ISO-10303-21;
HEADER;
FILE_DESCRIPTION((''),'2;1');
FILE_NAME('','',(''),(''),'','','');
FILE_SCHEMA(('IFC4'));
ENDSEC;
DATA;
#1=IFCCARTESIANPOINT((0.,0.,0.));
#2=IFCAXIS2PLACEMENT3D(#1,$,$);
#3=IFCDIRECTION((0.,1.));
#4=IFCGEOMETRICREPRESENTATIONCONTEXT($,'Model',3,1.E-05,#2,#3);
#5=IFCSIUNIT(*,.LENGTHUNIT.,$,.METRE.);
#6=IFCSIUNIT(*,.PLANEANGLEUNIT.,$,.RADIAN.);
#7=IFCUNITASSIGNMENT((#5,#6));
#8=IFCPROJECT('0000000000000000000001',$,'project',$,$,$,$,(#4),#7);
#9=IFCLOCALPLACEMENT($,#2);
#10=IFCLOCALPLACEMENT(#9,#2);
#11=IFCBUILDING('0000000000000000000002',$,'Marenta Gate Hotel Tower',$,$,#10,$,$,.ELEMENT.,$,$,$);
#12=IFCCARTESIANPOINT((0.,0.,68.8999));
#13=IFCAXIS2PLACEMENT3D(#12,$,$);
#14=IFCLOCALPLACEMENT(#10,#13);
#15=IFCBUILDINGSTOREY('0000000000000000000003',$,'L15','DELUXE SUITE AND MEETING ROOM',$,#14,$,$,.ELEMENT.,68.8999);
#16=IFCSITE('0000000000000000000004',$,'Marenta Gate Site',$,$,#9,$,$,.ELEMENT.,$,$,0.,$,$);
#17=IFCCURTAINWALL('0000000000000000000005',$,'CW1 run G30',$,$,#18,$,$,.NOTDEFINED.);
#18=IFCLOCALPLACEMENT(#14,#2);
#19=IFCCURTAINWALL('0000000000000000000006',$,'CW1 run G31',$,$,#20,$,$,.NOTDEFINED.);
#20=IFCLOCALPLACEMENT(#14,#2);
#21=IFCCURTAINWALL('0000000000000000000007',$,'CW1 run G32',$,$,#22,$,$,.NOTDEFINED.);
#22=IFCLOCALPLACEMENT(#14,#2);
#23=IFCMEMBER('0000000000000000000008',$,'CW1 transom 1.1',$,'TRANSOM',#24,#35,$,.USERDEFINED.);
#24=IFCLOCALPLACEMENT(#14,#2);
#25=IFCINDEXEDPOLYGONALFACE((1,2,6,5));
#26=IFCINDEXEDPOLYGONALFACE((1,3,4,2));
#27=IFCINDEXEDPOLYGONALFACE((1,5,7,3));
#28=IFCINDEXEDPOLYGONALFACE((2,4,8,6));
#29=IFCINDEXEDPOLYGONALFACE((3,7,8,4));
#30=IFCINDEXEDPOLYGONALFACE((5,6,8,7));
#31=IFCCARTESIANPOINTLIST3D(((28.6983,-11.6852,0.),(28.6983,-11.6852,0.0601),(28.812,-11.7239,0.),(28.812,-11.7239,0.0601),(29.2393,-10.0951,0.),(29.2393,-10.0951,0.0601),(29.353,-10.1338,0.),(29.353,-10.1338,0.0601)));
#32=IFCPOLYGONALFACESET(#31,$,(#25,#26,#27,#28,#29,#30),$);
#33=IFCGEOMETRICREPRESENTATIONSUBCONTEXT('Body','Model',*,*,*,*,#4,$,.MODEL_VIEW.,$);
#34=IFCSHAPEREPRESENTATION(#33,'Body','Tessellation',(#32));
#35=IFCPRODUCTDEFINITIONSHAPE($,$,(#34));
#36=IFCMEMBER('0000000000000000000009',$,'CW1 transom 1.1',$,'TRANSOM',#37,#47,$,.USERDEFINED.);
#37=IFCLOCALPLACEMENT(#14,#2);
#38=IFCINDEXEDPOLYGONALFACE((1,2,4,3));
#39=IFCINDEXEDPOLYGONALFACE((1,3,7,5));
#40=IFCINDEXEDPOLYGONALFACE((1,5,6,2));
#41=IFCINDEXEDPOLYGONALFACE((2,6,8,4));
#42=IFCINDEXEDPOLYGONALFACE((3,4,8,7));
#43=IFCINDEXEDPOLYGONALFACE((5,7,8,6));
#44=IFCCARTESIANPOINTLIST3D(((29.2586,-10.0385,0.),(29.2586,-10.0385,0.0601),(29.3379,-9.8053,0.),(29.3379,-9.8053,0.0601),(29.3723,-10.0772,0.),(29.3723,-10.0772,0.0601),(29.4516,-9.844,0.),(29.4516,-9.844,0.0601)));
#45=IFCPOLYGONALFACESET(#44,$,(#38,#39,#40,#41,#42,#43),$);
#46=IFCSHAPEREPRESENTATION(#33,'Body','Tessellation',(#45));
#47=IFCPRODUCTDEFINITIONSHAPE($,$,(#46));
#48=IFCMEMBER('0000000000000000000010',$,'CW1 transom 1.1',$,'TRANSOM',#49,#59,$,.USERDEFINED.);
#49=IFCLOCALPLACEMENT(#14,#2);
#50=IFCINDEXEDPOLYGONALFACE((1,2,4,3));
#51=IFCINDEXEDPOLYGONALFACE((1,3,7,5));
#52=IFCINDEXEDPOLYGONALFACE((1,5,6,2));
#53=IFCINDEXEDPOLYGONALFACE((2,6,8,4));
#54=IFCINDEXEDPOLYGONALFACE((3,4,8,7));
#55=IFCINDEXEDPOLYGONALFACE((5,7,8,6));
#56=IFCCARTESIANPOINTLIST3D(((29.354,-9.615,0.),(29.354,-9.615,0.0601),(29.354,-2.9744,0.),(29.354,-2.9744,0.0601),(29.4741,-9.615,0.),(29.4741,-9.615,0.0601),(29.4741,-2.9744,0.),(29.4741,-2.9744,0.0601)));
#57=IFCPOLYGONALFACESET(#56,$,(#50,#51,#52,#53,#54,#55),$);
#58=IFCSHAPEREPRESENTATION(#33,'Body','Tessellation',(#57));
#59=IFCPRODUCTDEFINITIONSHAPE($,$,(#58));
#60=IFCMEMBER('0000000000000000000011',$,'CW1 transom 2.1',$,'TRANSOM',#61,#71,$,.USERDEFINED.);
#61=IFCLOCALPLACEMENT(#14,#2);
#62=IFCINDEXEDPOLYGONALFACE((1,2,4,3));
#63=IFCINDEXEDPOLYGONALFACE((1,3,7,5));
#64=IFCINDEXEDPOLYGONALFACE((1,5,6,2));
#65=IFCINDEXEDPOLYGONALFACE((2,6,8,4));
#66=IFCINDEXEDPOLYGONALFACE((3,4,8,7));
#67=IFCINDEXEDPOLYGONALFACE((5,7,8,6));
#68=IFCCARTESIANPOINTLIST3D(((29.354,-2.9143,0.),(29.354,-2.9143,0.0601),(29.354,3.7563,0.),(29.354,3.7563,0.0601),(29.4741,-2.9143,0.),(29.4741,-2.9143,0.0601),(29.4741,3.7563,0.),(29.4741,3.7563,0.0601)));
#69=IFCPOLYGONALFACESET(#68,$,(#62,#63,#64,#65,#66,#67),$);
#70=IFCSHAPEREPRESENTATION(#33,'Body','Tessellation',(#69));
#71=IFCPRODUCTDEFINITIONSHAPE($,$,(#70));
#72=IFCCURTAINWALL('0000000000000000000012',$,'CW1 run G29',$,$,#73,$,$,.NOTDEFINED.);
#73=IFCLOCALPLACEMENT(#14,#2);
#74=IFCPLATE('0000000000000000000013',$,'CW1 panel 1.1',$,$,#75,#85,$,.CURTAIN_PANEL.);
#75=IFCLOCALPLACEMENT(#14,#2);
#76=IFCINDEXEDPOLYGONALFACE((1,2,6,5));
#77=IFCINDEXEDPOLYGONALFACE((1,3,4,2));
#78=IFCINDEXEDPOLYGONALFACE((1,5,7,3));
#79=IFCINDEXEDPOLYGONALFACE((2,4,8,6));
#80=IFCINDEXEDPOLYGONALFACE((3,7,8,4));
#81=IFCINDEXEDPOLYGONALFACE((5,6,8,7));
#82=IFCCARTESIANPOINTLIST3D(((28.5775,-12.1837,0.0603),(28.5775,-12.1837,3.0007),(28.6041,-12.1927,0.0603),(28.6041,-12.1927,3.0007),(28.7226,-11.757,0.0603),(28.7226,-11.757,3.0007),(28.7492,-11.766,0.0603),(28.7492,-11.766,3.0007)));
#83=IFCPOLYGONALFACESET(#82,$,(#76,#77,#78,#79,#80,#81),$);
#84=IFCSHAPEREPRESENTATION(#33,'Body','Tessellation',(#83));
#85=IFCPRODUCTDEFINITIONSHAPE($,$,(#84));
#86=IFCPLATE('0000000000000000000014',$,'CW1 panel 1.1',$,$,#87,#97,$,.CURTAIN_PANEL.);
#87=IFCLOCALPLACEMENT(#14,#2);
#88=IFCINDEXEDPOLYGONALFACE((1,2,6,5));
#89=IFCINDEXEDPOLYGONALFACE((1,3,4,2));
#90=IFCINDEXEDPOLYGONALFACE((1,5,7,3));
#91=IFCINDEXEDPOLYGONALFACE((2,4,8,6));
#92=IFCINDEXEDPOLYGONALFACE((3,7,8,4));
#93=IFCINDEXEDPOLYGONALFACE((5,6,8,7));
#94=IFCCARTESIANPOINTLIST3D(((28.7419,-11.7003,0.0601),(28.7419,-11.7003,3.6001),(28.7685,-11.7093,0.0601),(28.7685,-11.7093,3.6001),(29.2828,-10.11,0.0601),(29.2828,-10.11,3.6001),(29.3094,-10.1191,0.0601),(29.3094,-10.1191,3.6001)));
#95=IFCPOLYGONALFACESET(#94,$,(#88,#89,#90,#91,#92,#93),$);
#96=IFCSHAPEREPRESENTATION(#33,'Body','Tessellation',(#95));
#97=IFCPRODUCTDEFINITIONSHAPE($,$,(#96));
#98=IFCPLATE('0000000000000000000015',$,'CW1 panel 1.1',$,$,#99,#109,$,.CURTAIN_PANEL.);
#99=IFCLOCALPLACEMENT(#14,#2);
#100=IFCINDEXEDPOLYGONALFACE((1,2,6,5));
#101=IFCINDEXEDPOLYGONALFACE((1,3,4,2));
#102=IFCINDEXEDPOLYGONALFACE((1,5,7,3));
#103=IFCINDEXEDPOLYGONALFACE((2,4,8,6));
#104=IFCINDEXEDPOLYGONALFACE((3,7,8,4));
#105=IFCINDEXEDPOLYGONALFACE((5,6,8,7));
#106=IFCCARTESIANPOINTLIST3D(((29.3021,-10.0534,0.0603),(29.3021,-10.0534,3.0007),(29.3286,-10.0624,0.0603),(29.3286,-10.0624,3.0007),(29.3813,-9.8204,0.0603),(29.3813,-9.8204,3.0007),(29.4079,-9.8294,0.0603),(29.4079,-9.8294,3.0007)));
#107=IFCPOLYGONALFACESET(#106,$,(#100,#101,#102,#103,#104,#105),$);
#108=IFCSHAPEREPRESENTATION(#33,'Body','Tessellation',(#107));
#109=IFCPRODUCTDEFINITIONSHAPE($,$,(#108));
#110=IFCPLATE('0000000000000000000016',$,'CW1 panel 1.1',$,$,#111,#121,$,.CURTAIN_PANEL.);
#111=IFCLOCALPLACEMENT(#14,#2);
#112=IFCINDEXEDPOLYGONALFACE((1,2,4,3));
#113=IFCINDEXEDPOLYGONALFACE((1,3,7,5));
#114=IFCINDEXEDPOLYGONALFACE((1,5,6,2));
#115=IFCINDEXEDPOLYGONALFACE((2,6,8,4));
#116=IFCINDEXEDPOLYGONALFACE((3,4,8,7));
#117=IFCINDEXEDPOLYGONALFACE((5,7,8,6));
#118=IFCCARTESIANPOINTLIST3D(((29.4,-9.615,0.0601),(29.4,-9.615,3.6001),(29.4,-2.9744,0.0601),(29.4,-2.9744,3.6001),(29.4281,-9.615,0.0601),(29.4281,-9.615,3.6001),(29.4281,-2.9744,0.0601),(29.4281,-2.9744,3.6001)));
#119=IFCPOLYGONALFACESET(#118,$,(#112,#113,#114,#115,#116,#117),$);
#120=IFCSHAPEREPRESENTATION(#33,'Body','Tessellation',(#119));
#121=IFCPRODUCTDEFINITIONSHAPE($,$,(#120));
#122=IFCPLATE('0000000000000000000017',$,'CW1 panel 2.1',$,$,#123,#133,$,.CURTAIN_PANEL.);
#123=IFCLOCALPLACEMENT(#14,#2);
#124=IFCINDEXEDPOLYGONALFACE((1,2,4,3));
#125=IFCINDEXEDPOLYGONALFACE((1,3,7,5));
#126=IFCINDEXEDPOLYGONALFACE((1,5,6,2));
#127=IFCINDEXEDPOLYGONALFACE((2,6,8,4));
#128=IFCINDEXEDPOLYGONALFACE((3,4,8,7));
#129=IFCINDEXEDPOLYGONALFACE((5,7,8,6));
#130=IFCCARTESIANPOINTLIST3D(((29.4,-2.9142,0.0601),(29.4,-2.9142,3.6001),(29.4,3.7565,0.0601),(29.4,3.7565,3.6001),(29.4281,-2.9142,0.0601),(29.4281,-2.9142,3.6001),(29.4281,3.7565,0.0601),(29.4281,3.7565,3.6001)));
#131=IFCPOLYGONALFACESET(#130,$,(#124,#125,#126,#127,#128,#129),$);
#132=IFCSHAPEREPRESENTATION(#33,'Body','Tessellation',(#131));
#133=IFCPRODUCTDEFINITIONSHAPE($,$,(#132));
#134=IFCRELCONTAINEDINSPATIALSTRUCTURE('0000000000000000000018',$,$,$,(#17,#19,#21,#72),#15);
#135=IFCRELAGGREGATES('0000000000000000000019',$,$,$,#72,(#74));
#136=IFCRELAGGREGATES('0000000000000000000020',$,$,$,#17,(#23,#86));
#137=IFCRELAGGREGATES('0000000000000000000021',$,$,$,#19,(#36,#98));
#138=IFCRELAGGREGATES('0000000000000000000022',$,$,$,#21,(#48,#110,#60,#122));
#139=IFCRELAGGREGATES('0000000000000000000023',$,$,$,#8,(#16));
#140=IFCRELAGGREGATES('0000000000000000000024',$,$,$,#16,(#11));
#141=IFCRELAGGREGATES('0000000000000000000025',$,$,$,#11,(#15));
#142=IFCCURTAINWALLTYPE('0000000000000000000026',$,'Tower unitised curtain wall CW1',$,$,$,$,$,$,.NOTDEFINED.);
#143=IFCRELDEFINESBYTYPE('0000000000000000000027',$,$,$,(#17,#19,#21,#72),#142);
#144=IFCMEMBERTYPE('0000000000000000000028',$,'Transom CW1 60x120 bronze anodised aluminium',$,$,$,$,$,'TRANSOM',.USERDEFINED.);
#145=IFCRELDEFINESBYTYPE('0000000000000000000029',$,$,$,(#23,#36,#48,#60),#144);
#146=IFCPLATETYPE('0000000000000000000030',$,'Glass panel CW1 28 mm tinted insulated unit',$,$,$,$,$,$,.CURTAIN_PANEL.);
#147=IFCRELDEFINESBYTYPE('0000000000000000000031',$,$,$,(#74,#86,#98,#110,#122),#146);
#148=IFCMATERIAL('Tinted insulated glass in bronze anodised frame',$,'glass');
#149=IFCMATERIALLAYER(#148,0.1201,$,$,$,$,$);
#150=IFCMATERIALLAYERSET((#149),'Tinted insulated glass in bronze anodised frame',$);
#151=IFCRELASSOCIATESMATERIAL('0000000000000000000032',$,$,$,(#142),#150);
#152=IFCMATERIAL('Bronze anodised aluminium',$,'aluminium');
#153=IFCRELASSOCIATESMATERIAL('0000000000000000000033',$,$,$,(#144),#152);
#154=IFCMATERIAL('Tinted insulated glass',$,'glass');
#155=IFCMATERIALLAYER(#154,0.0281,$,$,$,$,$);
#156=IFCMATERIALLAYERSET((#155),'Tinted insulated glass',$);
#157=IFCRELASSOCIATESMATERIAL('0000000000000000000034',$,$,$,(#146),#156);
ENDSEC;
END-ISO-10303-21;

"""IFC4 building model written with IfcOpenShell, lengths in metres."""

from ifc_helpers import new_model, si_unit, direction, frame, origin, origin_2d, place, context, subcontext, project, spatial, rectangle, extrude, material, layer, layer_set, material_profile, profile_set, type_object, element, aggregate, save


model = new_model("IFC4")

# Units and contexts
model_context = context("Model", 3, precision=1e-05, world=origin(), true_north=direction((0.0, 1.0)))
body_context = subcontext(model_context, "Body", "Model", "MODEL_VIEW")
ifc_project = project(units=[si_unit("LENGTHUNIT", "METRE"), si_unit("PLANEANGLEUNIT", "RADIAN")], contexts=[model_context])

# Site, building, storey
site_placement = place(None, origin())
site = spatial("IfcSite", under=ifc_project, at=site_placement, Name="Marenta Gate Site", CompositionType="ELEMENT", RefElevation=0.0)
building_placement = place(site_placement, origin())
building = spatial("IfcBuilding", under=site, at=building_placement, Name="Marenta Gate Hotel Tower", CompositionType="ELEMENT")
storey_placement = place(building_placement, frame((0.0, 0.0, 68.8999)))
storey = spatial("IfcBuildingStorey", under=building, at=storey_placement, Name="L15", Description="DELUXE SUITE AND MEETING ROOM", CompositionType="ELEMENT", Elevation=68.8999)

# Curtain wall
ifc_material_1 = material(Name="Tinted insulated glass in bronze anodised frame", Category="glass")
ifc_layer_1 = layer(ifc_material_1, 0.1201)
ifc_layer_set_1 = layer_set([ifc_layer_1], Name="Tinted insulated glass in bronze anodised frame")
curtain_wall_type = type_object("IfcCurtainWallType", Name="Tower unitised curtain wall CW1", PredefinedType="NOTDEFINED", material=ifc_layer_set_1)
curtain_wall_1_placement = place(storey_placement, origin())
curtain_wall_1 = element("IfcCurtainWall", 1, at=curtain_wall_1_placement, inside=storey, type_object=curtain_wall_type, Name="CW1 run G30", PredefinedType="NOTDEFINED")

# Curtain walls
curtain_wall_2_placement = place(storey_placement, origin())
curtain_wall_2 = element("IfcCurtainWall", 2, at=curtain_wall_2_placement, inside=storey, type_object=curtain_wall_type, Name="CW1 run G31", PredefinedType="NOTDEFINED")
curtain_wall_3_placement = place(storey_placement, origin())
curtain_wall_3 = element("IfcCurtainWall", 3, at=curtain_wall_3_placement, inside=storey, type_object=curtain_wall_type, Name="CW1 run G32", PredefinedType="NOTDEFINED")

# Members
ifc_material_2 = material(Name="Bronze anodised aluminium", Category="aluminium")
ifc_material_profile_1 = material_profile(ifc_material_2, rectangle(XDim=0.1201, YDim=0.0601, at=origin_2d()), Name="Transom CW1 60x120 bronze anodised aluminium")
ifc_profile_set_1 = profile_set([ifc_material_profile_1], Name="Bronze anodised aluminium")
member_type_1 = type_object("IfcMemberType", Name="Transom CW1 60x120 bronze anodised aluminium", ElementType="TRANSOM", PredefinedType="USERDEFINED", material=ifc_profile_set_1)
member_1_placement = place(storey_placement, frame((28.7551, -11.7046, 0.03), z_axis=(0.322109, 0.946703, 0.0), x_axis=(-0.946703, 0.322109, 0.0)))
member_1 = element("IfcMember", 4, at=member_1_placement, type_object=member_type_1, Name="CW1 transom 1.1", ObjectType="TRANSOM", PredefinedType="USERDEFINED", context=body_context, shape_type="SweptSolid", body=[
    extrude(rectangle(XDim=0.1201, YDim=0.0601, at=origin_2d()), origin(), (0.0, 0.0, 1.0), 1.6797),
])
member_2_placement = place(storey_placement, frame((29.3154, -10.0579, 0.03), z_axis=(0.322169, 0.946682, 0.0), x_axis=(-0.946682, 0.322169, 0.0)))
member_2 = element("IfcMember", 5, at=member_2_placement, type_object=member_type_1, Name="CW1 transom 1.1", ObjectType="TRANSOM", PredefinedType="USERDEFINED", context=body_context, shape_type="SweptSolid", body=[
    extrude(rectangle(XDim=0.1201, YDim=0.0601, at=origin_2d()), origin(), (0.0, 0.0, 1.0), 0.2463),
])
member_3_placement = place(storey_placement, frame((29.4141, -9.615, 0.03), z_axis=(0.0, 1.0, 0.0), x_axis=(-1.0, 0.0, 0.0)))
member_3 = element("IfcMember", 6, at=member_3_placement, type_object=member_type_1, Name="CW1 transom 1.1", ObjectType="TRANSOM", PredefinedType="USERDEFINED", context=body_context, shape_type="SweptSolid", body=[
    extrude(rectangle(XDim=0.1201, YDim=0.0601, at=origin_2d()), origin(), (0.0, 0.0, 1.0), 6.6406),
])
member_4_placement = place(storey_placement, frame((29.4141, -2.9143, 0.03), z_axis=(0.0, 1.0, 0.0), x_axis=(-1.0, 0.0, 0.0)))
member_4 = element("IfcMember", 7, at=member_4_placement, type_object=member_type_1, Name="CW1 transom 2.1", ObjectType="TRANSOM", PredefinedType="USERDEFINED", context=body_context, shape_type="SweptSolid", body=[
    extrude(rectangle(XDim=0.1201, YDim=0.0601, at=origin_2d()), origin(), (0.0, 0.0, 1.0), 6.6707),
])

# Curtain wall, plate
curtain_wall_4_placement = place(storey_placement, origin())
curtain_wall_4 = element("IfcCurtainWall", 8, at=curtain_wall_4_placement, inside=storey, type_object=curtain_wall_type, Name="CW1 run G29", PredefinedType="NOTDEFINED")
ifc_material_3 = material(Name="Tinted insulated glass", Category="glass")
ifc_layer_2 = layer(ifc_material_3, 0.0281)
ifc_layer_set_2 = layer_set([ifc_layer_2], Name="Tinted insulated glass")
plate_type = type_object("IfcPlateType", Name="Glass panel CW1 28 mm tinted insulated unit", PredefinedType="CURTAIN_PANEL", material=ifc_layer_set_2)
plate_1_placement = place(storey_placement, frame((28.6633, -11.9749, 0.0603), z_axis=(0.0, 0.0, 1.0), x_axis=(0.32198, 0.946746, 0.0)))
plate_1 = element("IfcPlate", 9, at=plate_1_placement, type_object=plate_type, Name="CW1 panel 1.1", PredefinedType="CURTAIN_PANEL", context=body_context, shape_type="SweptSolid", body=[
    extrude(rectangle(XDim=0.4507, YDim=0.0281, at=origin_2d()), origin(), (0.0, 0.0, 1.0), 2.9404),
])
aggregate(curtain_wall_4, [plate_1])

# Plates
plate_2_placement = place(storey_placement, frame((29.0256, -10.9097, 0.0601), z_axis=(0.0, 0.0, 1.0), x_axis=(0.322034, 0.946728, 0.0)))
plate_2 = element("IfcPlate", 10, at=plate_2_placement, type_object=plate_type, Name="CW1 panel 1.1", PredefinedType="CURTAIN_PANEL", context=body_context, shape_type="SweptSolid", body=[
    extrude(rectangle(XDim=1.6797, YDim=0.0281, at=origin_2d()), origin(), (0.0, 0.0, 1.0), 3.54),
])
aggregate(curtain_wall_1, [member_1, plate_2])
plate_3_placement = place(storey_placement, frame((29.355, -9.9414, 0.0603), z_axis=(0.0, 0.0, 1.0), x_axis=(0.32204, 0.946726, 0.0)))
plate_3 = element("IfcPlate", 11, at=plate_3_placement, type_object=plate_type, Name="CW1 panel 1.1", PredefinedType="CURTAIN_PANEL", context=body_context, shape_type="SweptSolid", body=[
    extrude(rectangle(XDim=0.2461, YDim=0.0281, at=origin_2d()), origin(), (0.0, 0.0, 1.0), 2.9404),
])
aggregate(curtain_wall_2, [member_2, plate_3])
plate_4_placement = place(storey_placement, frame((29.4141, -6.2947, 0.0601), z_axis=(0.0, 0.0, 1.0), x_axis=(0.0, 1.0, 0.0)))
plate_4 = element("IfcPlate", 12, at=plate_4_placement, type_object=plate_type, Name="CW1 panel 1.1", PredefinedType="CURTAIN_PANEL", context=body_context, shape_type="SweptSolid", body=[
    extrude(rectangle(XDim=6.6406, YDim=0.0281, at=origin_2d()), origin(), (0.0, 0.0, 1.0), 3.54),
])
plate_5_placement = place(storey_placement, frame((29.4141, 0.4211, 0.0601), z_axis=(0.0, 0.0, 1.0), x_axis=(0.0, 1.0, 0.0)))
plate_5 = element("IfcPlate", 13, at=plate_5_placement, type_object=plate_type, Name="CW1 panel 2.1", PredefinedType="CURTAIN_PANEL", context=body_context, shape_type="SweptSolid", body=[
    extrude(rectangle(XDim=6.6707, YDim=0.0281, at=origin_2d()), origin(), (0.0, 0.0, 1.0), 3.54),
])
aggregate(curtain_wall_3, [member_3, plate_4, member_4, plate_5])

save(model, "model.ifc")
